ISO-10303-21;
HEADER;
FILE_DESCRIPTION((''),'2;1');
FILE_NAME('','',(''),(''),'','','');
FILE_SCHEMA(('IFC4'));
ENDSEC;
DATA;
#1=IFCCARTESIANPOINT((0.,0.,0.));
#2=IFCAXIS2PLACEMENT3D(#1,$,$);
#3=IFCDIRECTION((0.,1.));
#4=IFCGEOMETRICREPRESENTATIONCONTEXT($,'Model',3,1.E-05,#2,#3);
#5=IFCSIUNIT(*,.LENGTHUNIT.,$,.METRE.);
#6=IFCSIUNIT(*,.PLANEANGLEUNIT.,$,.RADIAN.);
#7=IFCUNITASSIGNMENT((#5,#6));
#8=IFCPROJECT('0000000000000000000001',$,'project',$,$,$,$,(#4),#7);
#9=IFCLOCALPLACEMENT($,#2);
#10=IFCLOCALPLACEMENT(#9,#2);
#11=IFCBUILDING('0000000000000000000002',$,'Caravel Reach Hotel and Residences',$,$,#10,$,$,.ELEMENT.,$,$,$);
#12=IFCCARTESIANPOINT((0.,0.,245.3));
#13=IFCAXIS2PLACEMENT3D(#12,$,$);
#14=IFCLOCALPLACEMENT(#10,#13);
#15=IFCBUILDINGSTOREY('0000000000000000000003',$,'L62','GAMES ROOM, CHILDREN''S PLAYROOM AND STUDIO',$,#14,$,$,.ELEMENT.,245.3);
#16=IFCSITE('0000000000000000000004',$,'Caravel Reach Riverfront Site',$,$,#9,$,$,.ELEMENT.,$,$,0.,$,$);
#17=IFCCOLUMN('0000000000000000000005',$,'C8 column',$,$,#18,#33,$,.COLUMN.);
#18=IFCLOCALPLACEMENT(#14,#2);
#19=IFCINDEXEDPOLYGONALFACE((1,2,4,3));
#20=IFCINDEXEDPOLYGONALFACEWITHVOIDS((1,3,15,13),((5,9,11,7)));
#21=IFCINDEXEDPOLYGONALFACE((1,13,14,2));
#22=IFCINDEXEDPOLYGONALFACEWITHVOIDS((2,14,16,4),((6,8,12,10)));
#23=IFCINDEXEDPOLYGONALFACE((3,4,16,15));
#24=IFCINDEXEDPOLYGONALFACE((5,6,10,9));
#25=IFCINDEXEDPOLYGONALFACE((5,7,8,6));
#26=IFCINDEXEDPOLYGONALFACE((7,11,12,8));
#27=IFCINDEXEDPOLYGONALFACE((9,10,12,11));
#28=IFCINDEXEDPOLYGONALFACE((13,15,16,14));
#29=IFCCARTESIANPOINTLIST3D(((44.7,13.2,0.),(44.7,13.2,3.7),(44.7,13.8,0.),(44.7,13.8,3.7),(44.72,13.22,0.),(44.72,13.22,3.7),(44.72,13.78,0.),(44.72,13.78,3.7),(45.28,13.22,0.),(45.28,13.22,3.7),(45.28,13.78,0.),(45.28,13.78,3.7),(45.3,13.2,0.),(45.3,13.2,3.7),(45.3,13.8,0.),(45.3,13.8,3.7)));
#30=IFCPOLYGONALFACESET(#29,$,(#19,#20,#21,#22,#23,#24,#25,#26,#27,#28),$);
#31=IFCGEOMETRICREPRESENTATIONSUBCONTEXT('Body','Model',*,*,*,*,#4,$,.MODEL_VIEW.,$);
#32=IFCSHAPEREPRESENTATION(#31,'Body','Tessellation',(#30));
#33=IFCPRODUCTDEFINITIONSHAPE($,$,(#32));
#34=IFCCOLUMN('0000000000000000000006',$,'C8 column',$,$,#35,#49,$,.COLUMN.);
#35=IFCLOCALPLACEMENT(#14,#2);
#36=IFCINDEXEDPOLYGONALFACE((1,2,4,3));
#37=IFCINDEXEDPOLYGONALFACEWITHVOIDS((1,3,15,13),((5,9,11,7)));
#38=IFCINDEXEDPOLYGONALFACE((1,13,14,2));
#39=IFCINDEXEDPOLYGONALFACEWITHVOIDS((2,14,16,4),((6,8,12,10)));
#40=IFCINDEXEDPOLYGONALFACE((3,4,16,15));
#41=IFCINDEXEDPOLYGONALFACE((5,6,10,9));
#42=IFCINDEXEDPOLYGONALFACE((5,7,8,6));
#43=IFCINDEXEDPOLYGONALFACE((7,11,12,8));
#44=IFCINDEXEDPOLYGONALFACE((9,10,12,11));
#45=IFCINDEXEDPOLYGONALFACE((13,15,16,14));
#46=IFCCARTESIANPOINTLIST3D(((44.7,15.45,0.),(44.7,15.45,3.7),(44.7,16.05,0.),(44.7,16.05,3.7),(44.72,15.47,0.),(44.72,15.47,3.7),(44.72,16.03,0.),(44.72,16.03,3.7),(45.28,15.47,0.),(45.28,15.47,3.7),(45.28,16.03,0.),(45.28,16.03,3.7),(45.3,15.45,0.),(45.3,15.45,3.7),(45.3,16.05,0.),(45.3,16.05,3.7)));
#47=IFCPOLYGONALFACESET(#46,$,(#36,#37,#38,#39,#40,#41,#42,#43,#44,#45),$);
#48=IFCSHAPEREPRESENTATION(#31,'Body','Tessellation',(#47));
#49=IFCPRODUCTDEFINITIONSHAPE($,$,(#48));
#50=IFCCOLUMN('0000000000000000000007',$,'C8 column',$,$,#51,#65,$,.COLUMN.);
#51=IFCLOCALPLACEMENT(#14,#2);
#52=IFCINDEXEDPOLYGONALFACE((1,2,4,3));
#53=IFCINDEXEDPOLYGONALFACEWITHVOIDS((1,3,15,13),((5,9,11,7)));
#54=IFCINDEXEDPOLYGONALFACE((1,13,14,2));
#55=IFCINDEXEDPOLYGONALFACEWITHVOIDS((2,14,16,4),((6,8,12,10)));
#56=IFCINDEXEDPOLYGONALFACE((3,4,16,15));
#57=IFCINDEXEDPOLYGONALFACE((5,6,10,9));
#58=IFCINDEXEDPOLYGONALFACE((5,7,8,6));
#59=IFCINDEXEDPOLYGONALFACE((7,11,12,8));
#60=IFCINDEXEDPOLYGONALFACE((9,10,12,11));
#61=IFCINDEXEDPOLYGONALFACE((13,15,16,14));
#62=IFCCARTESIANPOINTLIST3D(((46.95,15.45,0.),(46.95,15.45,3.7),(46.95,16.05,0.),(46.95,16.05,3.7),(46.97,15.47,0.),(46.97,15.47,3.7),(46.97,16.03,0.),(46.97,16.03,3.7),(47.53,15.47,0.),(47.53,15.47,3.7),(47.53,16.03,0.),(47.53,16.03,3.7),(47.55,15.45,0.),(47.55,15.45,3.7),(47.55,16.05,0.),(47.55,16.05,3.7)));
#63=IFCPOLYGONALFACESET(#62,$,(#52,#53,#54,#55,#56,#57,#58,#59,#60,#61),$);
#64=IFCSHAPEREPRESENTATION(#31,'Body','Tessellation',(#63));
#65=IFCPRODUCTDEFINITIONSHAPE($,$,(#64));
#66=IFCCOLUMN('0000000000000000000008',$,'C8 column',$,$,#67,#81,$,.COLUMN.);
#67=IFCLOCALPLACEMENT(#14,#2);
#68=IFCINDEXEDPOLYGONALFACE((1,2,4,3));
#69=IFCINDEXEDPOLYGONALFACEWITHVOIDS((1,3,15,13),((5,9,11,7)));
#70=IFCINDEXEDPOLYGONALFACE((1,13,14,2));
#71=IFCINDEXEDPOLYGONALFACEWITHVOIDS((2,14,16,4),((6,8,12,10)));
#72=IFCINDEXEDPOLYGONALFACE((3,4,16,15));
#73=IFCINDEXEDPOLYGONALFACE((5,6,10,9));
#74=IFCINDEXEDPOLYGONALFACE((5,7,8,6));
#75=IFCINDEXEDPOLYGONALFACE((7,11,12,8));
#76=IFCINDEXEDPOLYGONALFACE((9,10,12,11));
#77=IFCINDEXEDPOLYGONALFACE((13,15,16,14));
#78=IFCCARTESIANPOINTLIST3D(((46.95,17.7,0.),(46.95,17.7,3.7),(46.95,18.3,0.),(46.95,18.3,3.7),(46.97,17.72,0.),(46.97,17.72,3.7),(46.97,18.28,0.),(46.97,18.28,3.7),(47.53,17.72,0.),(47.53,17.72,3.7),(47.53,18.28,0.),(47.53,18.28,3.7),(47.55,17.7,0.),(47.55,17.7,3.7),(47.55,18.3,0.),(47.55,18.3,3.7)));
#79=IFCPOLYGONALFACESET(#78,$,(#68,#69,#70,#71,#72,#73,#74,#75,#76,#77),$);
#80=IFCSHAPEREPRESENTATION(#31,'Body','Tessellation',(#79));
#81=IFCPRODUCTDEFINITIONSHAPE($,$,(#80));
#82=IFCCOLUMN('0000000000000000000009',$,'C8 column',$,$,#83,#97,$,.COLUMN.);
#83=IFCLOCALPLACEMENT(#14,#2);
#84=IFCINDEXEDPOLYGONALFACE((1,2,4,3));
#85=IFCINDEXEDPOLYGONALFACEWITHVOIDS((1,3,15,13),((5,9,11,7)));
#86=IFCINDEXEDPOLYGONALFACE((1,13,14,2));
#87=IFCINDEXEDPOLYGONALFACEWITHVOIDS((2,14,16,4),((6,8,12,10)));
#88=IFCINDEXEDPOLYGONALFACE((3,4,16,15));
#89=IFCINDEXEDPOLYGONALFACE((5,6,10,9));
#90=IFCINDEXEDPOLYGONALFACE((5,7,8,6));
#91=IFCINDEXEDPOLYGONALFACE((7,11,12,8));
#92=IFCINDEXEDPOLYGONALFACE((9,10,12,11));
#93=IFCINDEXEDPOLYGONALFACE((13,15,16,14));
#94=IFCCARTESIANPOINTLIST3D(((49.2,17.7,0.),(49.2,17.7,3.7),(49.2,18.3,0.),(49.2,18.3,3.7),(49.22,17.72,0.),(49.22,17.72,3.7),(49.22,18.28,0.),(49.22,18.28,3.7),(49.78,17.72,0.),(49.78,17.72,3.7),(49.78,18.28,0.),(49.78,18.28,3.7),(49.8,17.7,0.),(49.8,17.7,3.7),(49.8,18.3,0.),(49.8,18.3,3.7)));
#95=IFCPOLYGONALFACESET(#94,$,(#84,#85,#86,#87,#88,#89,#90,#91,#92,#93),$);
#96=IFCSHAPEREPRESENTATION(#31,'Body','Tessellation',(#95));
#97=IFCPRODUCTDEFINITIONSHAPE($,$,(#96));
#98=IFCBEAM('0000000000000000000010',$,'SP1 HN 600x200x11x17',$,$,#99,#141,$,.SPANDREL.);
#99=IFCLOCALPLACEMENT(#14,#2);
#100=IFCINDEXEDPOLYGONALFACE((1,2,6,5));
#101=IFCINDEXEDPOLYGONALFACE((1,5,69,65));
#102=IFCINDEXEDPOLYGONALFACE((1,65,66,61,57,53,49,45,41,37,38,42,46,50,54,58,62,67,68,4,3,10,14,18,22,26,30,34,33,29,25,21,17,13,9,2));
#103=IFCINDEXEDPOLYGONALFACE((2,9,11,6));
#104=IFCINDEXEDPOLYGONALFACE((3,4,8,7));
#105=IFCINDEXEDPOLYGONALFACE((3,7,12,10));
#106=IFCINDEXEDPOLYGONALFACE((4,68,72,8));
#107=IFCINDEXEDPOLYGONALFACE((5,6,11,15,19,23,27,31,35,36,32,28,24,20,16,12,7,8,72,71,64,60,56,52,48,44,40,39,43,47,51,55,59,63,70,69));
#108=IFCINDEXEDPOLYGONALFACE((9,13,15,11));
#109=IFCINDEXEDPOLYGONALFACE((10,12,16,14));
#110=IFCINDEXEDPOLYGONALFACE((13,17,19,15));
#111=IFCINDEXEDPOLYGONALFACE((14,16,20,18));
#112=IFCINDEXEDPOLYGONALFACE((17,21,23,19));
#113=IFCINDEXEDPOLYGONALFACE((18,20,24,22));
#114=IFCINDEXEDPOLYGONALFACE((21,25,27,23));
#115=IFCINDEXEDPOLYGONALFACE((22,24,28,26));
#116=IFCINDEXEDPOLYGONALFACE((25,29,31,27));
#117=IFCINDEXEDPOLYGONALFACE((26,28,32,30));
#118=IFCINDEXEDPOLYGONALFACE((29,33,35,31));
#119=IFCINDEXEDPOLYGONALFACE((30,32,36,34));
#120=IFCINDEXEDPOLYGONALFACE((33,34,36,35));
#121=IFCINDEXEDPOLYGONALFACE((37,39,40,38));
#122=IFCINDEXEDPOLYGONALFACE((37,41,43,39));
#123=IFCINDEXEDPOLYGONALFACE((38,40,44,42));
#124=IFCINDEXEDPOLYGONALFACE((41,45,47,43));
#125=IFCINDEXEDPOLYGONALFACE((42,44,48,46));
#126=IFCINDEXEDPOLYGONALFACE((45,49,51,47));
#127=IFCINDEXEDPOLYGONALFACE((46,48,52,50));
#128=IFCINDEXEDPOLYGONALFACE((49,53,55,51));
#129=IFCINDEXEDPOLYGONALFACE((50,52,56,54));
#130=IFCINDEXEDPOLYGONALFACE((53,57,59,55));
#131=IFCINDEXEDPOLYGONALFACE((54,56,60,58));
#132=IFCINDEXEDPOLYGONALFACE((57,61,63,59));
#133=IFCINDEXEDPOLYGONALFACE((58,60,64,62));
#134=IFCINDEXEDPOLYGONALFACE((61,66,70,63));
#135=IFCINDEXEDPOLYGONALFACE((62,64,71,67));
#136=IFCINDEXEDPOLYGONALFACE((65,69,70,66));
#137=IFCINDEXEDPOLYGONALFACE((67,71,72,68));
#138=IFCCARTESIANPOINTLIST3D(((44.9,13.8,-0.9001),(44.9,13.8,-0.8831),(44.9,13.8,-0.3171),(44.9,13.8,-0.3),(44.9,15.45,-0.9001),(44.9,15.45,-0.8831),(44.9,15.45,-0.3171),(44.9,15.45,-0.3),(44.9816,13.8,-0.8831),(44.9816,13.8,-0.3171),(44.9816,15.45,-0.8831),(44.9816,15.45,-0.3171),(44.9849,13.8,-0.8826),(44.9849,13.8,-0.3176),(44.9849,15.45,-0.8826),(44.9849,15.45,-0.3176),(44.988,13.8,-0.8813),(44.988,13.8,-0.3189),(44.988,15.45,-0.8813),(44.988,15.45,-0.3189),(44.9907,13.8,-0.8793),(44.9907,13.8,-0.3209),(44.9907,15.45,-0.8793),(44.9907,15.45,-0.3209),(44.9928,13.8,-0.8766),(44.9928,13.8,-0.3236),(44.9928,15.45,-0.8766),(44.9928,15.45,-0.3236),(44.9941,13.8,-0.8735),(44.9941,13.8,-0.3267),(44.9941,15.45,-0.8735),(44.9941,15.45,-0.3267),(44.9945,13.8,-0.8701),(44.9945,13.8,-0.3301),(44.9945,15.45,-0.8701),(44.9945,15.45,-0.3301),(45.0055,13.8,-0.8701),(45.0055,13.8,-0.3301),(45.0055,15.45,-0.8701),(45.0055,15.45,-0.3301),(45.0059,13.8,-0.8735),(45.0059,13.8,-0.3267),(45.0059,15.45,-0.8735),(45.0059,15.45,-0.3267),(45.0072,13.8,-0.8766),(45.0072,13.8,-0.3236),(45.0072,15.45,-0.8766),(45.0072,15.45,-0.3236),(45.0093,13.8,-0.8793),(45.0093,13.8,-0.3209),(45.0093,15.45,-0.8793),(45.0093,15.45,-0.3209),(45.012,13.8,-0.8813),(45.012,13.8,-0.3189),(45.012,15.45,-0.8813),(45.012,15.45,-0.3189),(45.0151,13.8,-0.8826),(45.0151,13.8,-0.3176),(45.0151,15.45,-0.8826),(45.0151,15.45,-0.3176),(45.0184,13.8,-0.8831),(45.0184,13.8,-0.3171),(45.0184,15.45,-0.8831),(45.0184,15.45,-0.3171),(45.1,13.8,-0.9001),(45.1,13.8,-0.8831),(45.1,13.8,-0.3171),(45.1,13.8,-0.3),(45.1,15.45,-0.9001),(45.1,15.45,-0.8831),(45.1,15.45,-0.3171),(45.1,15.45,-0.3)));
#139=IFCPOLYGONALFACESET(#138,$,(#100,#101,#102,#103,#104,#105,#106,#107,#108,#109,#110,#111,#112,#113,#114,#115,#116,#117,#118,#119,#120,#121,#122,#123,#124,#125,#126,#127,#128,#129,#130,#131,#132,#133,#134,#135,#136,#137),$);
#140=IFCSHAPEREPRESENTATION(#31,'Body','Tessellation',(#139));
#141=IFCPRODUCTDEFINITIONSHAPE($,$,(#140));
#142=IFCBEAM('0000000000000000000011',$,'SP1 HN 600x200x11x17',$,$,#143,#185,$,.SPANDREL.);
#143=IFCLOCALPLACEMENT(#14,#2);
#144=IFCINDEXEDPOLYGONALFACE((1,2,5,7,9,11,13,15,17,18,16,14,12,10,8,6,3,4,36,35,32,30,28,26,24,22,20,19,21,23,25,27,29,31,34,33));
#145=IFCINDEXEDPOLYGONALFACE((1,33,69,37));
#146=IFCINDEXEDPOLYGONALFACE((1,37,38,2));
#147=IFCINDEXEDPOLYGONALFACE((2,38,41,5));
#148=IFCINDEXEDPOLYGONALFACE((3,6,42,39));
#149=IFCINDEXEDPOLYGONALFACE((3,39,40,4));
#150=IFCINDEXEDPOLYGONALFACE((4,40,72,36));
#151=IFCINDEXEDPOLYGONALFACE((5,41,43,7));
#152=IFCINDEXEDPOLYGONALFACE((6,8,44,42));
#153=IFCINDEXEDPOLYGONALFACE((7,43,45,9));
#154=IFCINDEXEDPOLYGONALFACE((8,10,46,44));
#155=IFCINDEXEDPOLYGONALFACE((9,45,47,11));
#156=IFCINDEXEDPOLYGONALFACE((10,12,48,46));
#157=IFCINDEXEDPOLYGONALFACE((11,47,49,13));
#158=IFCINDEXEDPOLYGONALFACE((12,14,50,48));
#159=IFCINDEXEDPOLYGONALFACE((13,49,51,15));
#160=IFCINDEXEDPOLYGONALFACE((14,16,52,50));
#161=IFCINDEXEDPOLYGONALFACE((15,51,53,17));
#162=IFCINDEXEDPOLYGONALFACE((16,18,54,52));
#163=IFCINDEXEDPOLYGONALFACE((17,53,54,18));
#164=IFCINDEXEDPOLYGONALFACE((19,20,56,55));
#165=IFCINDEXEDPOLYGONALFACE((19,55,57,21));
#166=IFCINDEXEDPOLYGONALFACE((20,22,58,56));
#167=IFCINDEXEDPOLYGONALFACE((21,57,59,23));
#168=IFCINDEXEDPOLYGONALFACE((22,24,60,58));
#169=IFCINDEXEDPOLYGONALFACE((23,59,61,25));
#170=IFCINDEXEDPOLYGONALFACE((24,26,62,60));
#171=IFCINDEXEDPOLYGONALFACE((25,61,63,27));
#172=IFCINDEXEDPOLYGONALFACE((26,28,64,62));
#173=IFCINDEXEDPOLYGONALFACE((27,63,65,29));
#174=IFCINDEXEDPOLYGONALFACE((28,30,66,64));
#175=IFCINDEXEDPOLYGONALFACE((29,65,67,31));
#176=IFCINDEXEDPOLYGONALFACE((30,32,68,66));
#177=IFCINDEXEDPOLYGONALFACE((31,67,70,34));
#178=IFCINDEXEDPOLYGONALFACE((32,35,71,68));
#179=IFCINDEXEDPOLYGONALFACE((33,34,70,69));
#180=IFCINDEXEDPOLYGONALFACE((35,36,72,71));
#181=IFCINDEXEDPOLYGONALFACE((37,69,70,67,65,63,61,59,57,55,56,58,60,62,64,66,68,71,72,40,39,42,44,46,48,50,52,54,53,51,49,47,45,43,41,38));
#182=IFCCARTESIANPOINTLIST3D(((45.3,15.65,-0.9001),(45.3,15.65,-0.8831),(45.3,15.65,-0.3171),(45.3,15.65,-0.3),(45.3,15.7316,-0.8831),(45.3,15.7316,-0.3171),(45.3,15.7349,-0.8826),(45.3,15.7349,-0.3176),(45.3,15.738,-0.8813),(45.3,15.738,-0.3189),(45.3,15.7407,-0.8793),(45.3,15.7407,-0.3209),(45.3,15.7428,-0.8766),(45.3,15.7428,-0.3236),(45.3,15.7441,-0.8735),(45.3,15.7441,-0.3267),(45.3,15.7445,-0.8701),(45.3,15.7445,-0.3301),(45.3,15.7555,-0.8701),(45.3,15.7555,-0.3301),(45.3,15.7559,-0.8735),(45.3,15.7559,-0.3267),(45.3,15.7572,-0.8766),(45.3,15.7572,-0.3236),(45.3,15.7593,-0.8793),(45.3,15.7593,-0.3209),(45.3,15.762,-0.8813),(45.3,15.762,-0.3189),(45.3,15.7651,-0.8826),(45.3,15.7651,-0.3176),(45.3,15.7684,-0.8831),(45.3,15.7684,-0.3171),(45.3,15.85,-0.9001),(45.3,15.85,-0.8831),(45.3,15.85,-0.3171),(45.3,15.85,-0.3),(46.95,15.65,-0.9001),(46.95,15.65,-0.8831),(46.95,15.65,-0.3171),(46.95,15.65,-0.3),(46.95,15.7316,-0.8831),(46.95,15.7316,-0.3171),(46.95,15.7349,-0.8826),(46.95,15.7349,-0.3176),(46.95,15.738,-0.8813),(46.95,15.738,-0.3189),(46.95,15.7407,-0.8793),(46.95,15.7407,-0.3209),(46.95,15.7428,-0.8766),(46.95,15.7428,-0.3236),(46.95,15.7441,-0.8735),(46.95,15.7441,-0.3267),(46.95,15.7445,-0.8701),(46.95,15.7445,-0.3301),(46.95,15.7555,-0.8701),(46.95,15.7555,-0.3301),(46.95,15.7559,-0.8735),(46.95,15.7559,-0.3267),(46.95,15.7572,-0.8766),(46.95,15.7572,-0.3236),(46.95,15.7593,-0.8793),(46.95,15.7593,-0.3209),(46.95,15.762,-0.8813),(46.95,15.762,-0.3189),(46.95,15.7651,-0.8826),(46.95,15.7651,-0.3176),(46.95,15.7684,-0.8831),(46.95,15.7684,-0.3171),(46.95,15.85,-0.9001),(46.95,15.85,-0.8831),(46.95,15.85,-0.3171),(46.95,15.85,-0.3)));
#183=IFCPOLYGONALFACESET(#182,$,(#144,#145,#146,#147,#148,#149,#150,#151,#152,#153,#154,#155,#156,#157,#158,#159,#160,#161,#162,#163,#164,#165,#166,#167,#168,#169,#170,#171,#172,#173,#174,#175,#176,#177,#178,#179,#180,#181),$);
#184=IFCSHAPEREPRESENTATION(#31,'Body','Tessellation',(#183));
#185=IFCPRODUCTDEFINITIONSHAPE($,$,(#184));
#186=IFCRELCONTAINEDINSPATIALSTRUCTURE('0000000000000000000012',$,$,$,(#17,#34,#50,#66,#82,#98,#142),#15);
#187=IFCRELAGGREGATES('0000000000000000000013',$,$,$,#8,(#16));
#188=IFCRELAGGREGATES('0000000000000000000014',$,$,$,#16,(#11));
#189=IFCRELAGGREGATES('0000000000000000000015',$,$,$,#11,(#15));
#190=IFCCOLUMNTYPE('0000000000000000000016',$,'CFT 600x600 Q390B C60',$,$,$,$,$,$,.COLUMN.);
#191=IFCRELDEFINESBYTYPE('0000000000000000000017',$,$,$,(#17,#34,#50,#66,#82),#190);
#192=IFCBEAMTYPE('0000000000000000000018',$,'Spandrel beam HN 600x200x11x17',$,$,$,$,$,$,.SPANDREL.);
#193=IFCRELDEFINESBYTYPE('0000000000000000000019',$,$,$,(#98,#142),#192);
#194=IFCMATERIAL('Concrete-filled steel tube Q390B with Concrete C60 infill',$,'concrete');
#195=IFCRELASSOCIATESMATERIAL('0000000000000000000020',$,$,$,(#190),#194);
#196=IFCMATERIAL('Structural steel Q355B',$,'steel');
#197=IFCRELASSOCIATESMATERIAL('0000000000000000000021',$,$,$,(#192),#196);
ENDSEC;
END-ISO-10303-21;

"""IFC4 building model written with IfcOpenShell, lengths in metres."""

from ifc_helpers import new_model, si_unit, direction, frame, origin, origin_2d, place, context, subcontext, project, spatial, hollow_rectangle, i_section, extrude, material, material_profile, profile_set, type_object, element, save


model = new_model("IFC4")

# Units and contexts
model_context = context("Model", 3, precision=1e-05, world=origin(), true_north=direction((0.0, 1.0)))
body_context = subcontext(model_context, "Body", "Model", "MODEL_VIEW")
ifc_project = project(units=[si_unit("LENGTHUNIT", "METRE"), si_unit("PLANEANGLEUNIT", "RADIAN")], contexts=[model_context])

# Site, building, storey
site_placement = place(None, origin())
site = spatial("IfcSite", under=ifc_project, at=site_placement, Name="Caravel Reach Riverfront Site", CompositionType="ELEMENT", RefElevation=0.0)
building_placement = place(site_placement, origin())
building = spatial("IfcBuilding", under=site, at=building_placement, Name="Caravel Reach Hotel and Residences", CompositionType="ELEMENT")
storey_placement = place(building_placement, frame((0.0, 0.0, 245.3)))
storey = spatial("IfcBuildingStorey", under=building, at=storey_placement, Name="L62", Description="GAMES ROOM, CHILDREN'S PLAYROOM AND STUDIO", CompositionType="ELEMENT", Elevation=245.3)

# Columns
ifc_material_1 = material(Name="Concrete-filled steel tube Q390B with Concrete C60 infill", Category="concrete")
ifc_material_profile_1 = material_profile(ifc_material_1, hollow_rectangle(XDim=0.6001, YDim=0.6001, WallThickness=0.02, at=origin_2d()), Name="RHS 600x600x20")
ifc_profile_set_1 = profile_set([ifc_material_profile_1], Name="Concrete-filled steel tube Q390B with Concrete C60 infill")
column_type = type_object("IfcColumnType", Name="CFT 600x600 Q390B C60", PredefinedType="COLUMN", material=ifc_profile_set_1)
for number, where, z_axis, x_axis, name in (
    (1, (45.0, 13.5, 0.0), (0.0, 0.0, 1.0), (1.0, 0.0, 0.0), "C8 column"),
    (2, (45.0, 15.75, 0.0), (0.0, 0.0, 1.0), (1.0, 0.0, 0.0), "C8 column"),
    (3, (47.25, 15.75, 0.0), (0.0, 0.0, 1.0), (1.0, 0.0, 0.0), "C8 column"),
    (4, (47.25, 18.0, 0.0), (0.0, 0.0, 1.0), (1.0, 0.0, 0.0), "C8 column"),
    (5, (49.5, 18.0, 0.0), (0.0, 0.0, 1.0), (1.0, 0.0, 0.0), "C8 column"),
):
    element("IfcColumn", number, at=place(storey_placement, frame(where, z_axis=z_axis, x_axis=x_axis)), inside=storey, type_object=column_type, Name=name, PredefinedType="COLUMN", context=body_context, shape_type="SweptSolid", body=[
        extrude(hollow_rectangle(XDim=0.6001, YDim=0.6001, WallThickness=0.02, at=origin_2d()), origin(), (0.0, 0.0, 1.0), 3.7),
    ])

# Beams
ifc_material_2 = material(Name="Structural steel Q355B", Category="steel")
ifc_material_profile_2 = material_profile(ifc_material_2, i_section(OverallWidth=0.2, OverallDepth=0.6001, WebThickness=0.011, FlangeThickness=0.0171, FilletRadius=0.0129, at=origin_2d()), Name="HN 600x200x11x17")
ifc_profile_set_2 = profile_set([ifc_material_profile_2], Name="Structural steel Q355B")
beam_type = type_object("IfcBeamType", Name="Spandrel beam HN 600x200x11x17", PredefinedType="SPANDREL", material=ifc_profile_set_2)
for number, where, z_axis, x_axis, name in (
    (6, (45.0, 13.8, -0.6001), (0.0, 1.0, 0.0), (-1.0, 0.0, 0.0), "SP1 HN 600x200x11x17"),
    (7, (45.3, 15.75, -0.6001), (1.0, 0.0, 0.0), (0.0, 1.0, 0.0), "SP1 HN 600x200x11x17"),
):
    element("IfcBeam", number, at=place(storey_placement, frame(where, z_axis=z_axis, x_axis=x_axis)), inside=storey, type_object=beam_type, Name=name, PredefinedType="SPANDREL", context=body_context, shape_type="SweptSolid", body=[
        extrude(i_section(OverallWidth=0.2, OverallDepth=0.6001, WebThickness=0.011, FlangeThickness=0.0171, FilletRadius=0.0129, at=origin_2d()), origin(), (0.0, 0.0, 1.0), 1.6499),
    ])

save(model, "model.ifc")
